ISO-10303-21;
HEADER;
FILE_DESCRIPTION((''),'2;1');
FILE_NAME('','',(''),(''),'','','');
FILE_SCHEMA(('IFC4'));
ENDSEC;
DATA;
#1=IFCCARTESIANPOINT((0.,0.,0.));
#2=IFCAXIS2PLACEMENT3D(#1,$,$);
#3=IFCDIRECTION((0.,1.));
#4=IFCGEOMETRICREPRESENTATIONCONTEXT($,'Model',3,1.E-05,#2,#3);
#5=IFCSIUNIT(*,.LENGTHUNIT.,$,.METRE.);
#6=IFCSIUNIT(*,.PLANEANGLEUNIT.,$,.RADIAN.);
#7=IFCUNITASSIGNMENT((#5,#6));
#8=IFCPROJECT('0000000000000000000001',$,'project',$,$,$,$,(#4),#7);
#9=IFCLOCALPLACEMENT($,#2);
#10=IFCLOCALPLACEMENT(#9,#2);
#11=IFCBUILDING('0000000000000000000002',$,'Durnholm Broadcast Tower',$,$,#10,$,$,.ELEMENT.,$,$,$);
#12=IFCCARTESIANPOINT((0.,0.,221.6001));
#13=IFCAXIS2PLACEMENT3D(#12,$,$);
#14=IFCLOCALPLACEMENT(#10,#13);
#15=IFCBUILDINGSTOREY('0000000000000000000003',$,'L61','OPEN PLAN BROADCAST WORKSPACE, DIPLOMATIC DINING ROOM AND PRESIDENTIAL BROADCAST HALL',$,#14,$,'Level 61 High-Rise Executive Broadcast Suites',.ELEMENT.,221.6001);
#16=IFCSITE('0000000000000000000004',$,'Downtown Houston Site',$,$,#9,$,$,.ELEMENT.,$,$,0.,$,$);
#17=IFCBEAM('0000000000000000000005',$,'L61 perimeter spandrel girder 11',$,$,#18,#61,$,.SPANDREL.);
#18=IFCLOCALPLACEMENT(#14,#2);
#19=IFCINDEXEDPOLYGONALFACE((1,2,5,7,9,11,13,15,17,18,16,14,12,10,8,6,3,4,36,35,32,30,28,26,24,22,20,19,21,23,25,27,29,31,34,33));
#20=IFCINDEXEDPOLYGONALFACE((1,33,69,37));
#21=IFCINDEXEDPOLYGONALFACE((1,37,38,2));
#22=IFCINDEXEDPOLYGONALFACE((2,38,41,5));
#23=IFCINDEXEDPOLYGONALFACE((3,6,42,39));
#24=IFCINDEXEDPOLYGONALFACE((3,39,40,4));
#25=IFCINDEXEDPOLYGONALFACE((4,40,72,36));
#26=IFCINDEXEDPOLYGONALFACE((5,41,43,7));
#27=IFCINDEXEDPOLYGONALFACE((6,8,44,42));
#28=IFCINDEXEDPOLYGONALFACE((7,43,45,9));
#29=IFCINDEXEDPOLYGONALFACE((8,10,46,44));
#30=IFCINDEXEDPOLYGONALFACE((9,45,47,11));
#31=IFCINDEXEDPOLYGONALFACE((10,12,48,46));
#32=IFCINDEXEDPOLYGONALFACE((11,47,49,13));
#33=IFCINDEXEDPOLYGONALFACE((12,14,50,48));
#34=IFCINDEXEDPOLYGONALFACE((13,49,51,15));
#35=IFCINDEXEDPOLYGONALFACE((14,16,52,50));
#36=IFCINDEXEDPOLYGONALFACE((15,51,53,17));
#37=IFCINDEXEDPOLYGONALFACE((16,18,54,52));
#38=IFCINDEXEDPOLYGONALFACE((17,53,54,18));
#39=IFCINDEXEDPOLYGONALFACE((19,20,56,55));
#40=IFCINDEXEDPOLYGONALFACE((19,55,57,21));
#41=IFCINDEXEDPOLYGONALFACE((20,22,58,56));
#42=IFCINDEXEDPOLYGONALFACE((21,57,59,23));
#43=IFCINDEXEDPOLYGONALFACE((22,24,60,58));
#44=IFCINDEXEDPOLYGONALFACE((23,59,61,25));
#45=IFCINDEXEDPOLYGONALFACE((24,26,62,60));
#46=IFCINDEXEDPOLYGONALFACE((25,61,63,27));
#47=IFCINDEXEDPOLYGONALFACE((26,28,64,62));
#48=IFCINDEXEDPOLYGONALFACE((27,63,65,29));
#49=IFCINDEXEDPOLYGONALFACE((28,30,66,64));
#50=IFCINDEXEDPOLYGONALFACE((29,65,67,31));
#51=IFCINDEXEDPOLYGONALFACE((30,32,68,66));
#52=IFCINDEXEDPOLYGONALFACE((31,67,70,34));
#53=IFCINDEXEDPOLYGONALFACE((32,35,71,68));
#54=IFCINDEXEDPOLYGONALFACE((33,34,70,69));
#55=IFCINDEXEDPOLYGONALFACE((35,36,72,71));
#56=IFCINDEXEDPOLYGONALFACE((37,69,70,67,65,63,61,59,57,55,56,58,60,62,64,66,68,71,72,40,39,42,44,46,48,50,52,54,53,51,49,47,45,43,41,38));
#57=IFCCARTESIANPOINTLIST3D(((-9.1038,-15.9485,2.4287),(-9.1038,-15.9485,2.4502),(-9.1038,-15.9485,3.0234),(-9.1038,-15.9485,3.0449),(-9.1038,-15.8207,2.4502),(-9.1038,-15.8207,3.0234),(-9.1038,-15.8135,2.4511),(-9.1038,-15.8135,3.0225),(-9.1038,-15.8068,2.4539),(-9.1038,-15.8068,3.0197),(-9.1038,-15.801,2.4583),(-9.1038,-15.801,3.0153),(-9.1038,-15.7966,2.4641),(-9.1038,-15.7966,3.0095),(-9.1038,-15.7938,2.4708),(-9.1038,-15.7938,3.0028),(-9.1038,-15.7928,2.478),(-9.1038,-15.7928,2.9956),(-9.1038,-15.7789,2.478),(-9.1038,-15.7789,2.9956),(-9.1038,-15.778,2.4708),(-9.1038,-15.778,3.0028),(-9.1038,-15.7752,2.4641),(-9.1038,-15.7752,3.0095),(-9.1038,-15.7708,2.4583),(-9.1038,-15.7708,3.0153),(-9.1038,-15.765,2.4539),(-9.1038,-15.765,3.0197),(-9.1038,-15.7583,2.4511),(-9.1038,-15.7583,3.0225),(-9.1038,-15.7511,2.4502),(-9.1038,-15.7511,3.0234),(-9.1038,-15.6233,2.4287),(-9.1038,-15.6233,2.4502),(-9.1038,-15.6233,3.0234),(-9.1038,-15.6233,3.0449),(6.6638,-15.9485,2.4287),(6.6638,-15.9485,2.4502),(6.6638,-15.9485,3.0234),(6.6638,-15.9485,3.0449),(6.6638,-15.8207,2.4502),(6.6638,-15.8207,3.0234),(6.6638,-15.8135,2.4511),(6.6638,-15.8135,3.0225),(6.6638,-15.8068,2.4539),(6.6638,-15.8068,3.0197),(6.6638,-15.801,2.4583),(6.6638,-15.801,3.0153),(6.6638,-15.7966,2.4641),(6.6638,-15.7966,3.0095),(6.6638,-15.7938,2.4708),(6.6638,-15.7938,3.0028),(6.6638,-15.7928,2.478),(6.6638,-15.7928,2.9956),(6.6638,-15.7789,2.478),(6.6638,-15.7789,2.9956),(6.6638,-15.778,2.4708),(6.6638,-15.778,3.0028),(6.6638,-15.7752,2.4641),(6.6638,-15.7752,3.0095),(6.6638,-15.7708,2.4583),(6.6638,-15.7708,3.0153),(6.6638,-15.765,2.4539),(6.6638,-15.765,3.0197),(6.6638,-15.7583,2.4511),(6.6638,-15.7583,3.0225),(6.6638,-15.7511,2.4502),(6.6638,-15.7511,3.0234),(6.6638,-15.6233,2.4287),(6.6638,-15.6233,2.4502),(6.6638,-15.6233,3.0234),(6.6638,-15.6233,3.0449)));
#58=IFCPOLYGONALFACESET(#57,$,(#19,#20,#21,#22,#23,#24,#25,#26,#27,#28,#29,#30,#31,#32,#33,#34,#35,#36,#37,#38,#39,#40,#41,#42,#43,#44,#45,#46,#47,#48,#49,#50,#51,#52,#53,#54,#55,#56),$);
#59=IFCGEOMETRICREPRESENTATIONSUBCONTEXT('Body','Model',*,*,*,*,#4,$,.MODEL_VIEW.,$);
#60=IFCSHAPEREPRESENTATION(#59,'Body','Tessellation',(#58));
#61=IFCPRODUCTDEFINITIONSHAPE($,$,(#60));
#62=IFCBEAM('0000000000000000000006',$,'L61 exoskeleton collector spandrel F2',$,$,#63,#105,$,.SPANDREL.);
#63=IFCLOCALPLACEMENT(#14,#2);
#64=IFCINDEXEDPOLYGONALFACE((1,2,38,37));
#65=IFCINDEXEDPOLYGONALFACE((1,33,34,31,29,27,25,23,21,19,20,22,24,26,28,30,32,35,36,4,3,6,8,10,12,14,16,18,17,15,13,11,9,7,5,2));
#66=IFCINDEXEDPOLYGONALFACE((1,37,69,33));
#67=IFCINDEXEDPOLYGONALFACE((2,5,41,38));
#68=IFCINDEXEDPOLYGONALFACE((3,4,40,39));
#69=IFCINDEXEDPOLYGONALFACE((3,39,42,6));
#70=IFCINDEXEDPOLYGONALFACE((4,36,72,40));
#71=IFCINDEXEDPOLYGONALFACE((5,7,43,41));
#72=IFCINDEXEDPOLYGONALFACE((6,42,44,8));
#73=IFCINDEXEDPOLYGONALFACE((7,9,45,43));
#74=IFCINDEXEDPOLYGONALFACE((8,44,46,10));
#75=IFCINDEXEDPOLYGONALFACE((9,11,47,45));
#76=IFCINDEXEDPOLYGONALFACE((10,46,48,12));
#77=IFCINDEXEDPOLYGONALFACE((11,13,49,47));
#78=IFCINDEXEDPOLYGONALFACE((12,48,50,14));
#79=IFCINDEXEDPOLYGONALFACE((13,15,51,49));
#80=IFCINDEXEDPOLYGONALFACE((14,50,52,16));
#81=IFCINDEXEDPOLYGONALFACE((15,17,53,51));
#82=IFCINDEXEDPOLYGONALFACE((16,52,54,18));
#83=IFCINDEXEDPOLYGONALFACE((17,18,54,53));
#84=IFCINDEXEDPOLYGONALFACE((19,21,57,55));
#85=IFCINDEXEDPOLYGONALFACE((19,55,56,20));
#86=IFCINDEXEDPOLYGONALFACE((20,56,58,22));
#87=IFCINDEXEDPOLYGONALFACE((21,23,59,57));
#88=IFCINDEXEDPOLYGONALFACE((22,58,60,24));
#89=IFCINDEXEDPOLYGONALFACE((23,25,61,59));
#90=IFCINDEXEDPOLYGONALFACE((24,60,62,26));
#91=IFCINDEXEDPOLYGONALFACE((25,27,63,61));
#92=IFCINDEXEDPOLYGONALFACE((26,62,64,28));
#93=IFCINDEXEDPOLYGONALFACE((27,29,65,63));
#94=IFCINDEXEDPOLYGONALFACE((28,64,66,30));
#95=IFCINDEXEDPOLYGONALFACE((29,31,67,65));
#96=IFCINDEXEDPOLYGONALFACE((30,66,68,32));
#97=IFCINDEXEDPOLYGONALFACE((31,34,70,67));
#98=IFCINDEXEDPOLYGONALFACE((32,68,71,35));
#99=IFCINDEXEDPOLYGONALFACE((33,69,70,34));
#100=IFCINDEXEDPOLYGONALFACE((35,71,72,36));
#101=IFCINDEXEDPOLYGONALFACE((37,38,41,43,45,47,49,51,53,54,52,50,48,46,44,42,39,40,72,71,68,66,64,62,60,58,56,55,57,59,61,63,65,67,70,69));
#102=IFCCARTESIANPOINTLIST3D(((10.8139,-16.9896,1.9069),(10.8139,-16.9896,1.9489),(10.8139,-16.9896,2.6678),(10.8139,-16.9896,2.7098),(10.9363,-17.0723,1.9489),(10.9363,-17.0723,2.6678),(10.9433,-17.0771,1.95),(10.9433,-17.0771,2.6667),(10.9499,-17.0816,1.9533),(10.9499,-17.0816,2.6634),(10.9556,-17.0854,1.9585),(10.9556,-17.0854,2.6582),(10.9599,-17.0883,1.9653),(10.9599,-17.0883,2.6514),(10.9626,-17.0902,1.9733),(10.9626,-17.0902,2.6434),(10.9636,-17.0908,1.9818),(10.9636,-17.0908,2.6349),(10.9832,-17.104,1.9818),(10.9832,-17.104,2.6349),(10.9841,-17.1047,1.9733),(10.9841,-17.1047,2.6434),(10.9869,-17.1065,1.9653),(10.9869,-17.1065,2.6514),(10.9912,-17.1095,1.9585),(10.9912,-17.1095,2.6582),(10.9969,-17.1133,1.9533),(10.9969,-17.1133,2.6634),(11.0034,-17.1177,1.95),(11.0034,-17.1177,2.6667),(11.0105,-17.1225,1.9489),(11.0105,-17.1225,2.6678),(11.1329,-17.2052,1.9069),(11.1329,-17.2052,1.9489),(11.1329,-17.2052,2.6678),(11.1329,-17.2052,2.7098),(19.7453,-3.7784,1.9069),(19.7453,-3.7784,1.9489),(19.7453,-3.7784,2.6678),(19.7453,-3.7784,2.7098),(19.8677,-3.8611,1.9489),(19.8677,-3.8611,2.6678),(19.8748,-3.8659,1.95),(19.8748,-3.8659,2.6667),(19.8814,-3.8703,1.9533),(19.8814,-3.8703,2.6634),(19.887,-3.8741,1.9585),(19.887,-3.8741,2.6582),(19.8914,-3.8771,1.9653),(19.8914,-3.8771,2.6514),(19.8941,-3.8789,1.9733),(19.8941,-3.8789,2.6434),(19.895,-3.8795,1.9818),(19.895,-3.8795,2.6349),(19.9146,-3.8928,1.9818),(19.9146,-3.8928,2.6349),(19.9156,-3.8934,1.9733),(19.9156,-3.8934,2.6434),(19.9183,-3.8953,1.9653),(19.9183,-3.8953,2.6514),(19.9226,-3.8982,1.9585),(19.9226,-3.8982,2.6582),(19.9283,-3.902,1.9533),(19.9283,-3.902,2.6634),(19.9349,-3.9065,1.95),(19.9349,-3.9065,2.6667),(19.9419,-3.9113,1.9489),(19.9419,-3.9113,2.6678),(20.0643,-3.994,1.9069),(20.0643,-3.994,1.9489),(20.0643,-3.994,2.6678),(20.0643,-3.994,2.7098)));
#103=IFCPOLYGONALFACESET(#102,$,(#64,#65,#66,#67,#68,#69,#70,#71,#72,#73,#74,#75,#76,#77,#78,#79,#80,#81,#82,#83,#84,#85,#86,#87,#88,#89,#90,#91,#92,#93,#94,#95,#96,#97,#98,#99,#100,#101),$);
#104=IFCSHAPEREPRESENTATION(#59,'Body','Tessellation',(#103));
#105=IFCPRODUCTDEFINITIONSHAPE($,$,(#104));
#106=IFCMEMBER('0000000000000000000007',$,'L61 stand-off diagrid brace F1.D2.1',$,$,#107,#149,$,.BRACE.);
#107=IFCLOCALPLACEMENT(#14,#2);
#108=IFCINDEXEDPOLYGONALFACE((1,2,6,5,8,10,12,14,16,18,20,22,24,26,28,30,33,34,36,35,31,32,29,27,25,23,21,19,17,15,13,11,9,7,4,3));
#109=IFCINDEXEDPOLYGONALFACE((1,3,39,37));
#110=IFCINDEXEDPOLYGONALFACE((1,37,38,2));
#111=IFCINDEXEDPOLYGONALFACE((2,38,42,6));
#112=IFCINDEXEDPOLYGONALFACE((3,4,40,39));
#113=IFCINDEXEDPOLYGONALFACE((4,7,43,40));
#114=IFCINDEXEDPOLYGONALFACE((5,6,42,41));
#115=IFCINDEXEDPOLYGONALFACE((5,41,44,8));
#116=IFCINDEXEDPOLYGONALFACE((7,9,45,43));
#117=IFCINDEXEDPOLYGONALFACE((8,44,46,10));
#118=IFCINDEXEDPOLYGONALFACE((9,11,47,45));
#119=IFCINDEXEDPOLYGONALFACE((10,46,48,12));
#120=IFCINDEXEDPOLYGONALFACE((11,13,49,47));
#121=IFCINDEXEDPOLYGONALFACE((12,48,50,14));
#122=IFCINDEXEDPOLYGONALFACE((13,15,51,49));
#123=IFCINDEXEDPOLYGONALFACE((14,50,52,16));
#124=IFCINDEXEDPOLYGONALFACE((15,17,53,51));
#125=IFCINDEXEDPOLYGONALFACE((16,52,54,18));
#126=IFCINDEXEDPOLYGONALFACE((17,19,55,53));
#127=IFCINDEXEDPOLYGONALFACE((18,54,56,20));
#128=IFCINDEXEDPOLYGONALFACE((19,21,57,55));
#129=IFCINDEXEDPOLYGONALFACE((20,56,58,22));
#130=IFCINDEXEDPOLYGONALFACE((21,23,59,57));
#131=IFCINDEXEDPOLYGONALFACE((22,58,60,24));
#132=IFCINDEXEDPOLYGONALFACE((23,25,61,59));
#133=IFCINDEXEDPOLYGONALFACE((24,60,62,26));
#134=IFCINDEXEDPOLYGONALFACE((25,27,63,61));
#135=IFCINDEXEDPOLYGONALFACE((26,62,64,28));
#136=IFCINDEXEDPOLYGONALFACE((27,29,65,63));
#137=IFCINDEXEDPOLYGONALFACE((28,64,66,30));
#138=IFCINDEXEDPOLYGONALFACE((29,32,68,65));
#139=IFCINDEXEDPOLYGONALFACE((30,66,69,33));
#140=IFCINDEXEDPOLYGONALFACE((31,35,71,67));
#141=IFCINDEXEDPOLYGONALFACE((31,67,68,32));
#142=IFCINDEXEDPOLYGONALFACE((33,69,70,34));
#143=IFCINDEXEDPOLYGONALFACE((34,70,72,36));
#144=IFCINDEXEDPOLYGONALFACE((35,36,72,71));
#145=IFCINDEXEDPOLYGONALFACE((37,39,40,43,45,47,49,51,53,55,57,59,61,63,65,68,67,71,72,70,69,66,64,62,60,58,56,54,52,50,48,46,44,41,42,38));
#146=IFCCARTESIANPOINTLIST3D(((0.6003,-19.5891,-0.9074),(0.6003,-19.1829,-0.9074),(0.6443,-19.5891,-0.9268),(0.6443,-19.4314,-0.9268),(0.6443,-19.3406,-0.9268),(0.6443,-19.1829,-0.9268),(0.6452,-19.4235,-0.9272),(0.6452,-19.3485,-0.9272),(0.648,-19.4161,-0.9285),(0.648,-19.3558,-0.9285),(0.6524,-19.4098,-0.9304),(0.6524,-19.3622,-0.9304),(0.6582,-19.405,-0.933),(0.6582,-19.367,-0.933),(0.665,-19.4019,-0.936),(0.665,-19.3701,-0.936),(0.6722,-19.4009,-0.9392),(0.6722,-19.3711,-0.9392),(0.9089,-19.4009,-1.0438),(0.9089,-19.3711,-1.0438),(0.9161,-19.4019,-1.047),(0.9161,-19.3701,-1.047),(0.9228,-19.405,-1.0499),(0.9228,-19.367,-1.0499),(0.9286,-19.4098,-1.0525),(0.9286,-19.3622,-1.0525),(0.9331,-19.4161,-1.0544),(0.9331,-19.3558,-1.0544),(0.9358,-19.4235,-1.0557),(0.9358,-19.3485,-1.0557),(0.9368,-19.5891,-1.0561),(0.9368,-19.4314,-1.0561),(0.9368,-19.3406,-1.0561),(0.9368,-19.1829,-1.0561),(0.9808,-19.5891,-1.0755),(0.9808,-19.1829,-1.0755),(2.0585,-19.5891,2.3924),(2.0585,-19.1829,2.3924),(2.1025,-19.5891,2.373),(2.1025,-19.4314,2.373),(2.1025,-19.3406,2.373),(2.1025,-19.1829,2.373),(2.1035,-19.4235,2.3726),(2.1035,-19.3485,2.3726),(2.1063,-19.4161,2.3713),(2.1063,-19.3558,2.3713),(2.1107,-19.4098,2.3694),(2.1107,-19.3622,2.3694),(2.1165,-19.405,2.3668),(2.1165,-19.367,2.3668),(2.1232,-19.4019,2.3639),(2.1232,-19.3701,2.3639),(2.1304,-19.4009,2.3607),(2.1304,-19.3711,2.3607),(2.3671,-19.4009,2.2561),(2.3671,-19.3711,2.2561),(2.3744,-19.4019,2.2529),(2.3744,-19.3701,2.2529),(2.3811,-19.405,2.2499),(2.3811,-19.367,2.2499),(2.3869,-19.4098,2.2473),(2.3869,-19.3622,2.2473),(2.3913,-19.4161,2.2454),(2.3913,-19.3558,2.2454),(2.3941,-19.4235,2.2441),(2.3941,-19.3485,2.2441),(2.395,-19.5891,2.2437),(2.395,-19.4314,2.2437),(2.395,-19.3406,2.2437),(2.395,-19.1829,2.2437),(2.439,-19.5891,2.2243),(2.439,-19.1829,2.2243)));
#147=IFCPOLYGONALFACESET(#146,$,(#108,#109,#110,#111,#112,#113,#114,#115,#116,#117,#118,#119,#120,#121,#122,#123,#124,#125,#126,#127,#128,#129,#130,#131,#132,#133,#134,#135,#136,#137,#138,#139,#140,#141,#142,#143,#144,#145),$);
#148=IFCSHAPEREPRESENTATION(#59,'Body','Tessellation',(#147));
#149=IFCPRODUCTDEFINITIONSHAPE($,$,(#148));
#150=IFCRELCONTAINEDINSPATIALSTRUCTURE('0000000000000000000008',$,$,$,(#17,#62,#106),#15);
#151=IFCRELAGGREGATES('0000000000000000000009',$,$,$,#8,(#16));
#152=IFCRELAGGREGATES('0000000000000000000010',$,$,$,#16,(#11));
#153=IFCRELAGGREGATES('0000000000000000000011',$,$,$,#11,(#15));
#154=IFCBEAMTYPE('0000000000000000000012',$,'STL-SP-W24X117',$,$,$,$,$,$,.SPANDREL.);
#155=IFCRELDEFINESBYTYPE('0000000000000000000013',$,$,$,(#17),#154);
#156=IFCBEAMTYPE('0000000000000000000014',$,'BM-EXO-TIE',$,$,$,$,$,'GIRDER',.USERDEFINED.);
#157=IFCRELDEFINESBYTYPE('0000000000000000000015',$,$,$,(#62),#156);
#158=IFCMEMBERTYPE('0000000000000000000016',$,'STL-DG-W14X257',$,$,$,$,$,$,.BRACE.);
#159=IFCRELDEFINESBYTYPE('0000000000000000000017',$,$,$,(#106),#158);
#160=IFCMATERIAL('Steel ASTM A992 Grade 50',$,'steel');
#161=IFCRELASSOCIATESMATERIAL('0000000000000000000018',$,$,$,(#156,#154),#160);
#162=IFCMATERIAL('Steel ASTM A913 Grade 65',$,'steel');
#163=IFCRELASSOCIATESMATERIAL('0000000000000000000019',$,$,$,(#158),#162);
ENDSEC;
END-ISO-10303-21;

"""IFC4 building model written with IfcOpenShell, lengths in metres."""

from ifc_helpers import new_model, si_unit, direction, frame, origin, origin_2d, place, context, subcontext, project, spatial, i_section, extrude, source, transform, mapped, material, material_profile, profile_set, type_object, type_shapes, element, save


model = new_model("IFC4")

# Units and contexts
model_context = context("Model", 3, precision=1e-05, world=origin(), true_north=direction((0.0, 1.0)))
body_context = subcontext(model_context, "Body", "Model", "MODEL_VIEW")
ifc_project = project(units=[si_unit("LENGTHUNIT", "METRE"), si_unit("PLANEANGLEUNIT", "RADIAN")], contexts=[model_context])

# Site, building, storey
site_placement = place(None, origin())
site = spatial("IfcSite", under=ifc_project, at=site_placement, Name="Downtown Houston Site", CompositionType="ELEMENT", RefElevation=0.0)
building_placement = place(site_placement, origin())
building = spatial("IfcBuilding", under=site, at=building_placement, Name="Durnholm Broadcast Tower", CompositionType="ELEMENT")
storey_placement = place(building_placement, frame((0.0, 0.0, 221.6001)))
storey = spatial("IfcBuildingStorey", under=building, at=storey_placement, Name="L61", Description="OPEN PLAN BROADCAST WORKSPACE, DIPLOMATIC DINING ROOM AND PRESIDENTIAL BROADCAST HALL", LongName="Level 61 High-Rise Executive Broadcast Suites", CompositionType="ELEMENT", Elevation=221.6001)

# Beams
ifc_material_1 = material(Name="Steel ASTM A992 Grade 50", Category="steel")
ifc_material_profile_1 = material_profile(ifc_material_1, i_section(OverallWidth=0.385, OverallDepth=0.803, WebThickness=0.0237, FlangeThickness=0.042, FilletRadius=0.033, at=origin_2d()), Name="W30X261")
ifc_profile_set_1 = profile_set([ifc_material_profile_1], Name="Steel ASTM A992 Grade 50")
beam_type_1 = type_object("IfcBeamType", Name="BM-EXO-TIE", ElementType="GIRDER", PredefinedType="USERDEFINED", material=ifc_profile_set_1)
ifc_material_profile_2 = material_profile(ifc_material_1, i_section(OverallWidth=0.3252, OverallDepth=0.6162, WebThickness=0.0139, FlangeThickness=0.0215, FilletRadius=0.0278, at=origin_2d()), Name="W24X117")
ifc_profile_set_2 = profile_set([ifc_material_profile_2], Name="Steel ASTM A992 Grade 50")
beam_type_2 = type_object("IfcBeamType", Name="STL-SP-W24X117", PredefinedType="SPANDREL", material=ifc_profile_set_2)
shared_shape_1 = source(origin(), body_context, "Body", "SweptSolid", [
    extrude(i_section(OverallWidth=0.3252, OverallDepth=0.6162, WebThickness=0.0139, FlangeThickness=0.0215, FilletRadius=0.0278, at=origin_2d()), origin(), (0.0, 0.0, 1.0), 15.7676),
])
beam_1_placement = place(storey_placement, frame((6.6638, -15.7859, 2.7368), z_axis=(-1.0, 0.0, 0.0), x_axis=(0.0, -1.0, 0.0)))
element("IfcBeam", 1, at=beam_1_placement, inside=storey, type_object=beam_type_2, Name="L61 perimeter spandrel girder 11", PredefinedType="SPANDREL", context=body_context, shape_type="MappedRepresentation", body=[
    mapped(shared_shape_1, transform((0.0, 0.0, 0.0), x_axis=(1.0, 0.0, 0.0), y_axis=(0.0, 1.0, 0.0), z_axis=(0.0, 0.0, 1.0), scale=1.0)),
])
shared_shape_2 = source(origin(), body_context, "Body", "SweptSolid", [
    extrude(i_section(OverallWidth=0.385, OverallDepth=0.803, WebThickness=0.0237, FlangeThickness=0.042, FilletRadius=0.033, at=origin_2d()), origin(), (0.0, 0.0, 1.0), 15.947),
])
beam_2_placement = place(storey_placement, frame((10.9734, -17.0974, 2.3083), z_axis=(0.560069, 0.828446, 0.0), x_axis=(-0.828446, 0.560069, 0.0)))
element("IfcBeam", 2, at=beam_2_placement, inside=storey, type_object=beam_type_1, Name="L61 exoskeleton collector spandrel F2", PredefinedType="SPANDREL", context=body_context, shape_type="MappedRepresentation", body=[
    mapped(shared_shape_2, transform((0.0, 0.0, 0.0), x_axis=(1.0, 0.0, 0.0), y_axis=(0.0, 1.0, 0.0), z_axis=(0.0, 0.0, 1.0), scale=1.0)),
])

# Member
ifc_material_2 = material(Name="Steel ASTM A913 Grade 65", Category="steel")
ifc_material_profile_3 = material_profile(ifc_material_2, i_section(OverallWidth=0.4062, OverallDepth=0.416, WebThickness=0.0298, FlangeThickness=0.0481, FilletRadius=0.0305, at=origin_2d()), Name="W14X257")
ifc_profile_set_3 = profile_set([ifc_material_profile_3], Name="Steel ASTM A913 Grade 65")
member_type_1 = type_object("IfcMemberType", Name="STL-DG-W14X257", PredefinedType="BRACE", material=ifc_profile_set_3)
shared_shape_3 = source(origin(), body_context, "Body", "SweptSolid", [
    extrude(i_section(OverallWidth=0.4062, OverallDepth=0.416, WebThickness=0.0298, FlangeThickness=0.0481, FilletRadius=0.0305, at=origin_2d()), origin(), (0.0, 0.0, 1.0), 3.6077),
])
type_shapes(member_type_1, [shared_shape_3])
for number, where, z_axis, x_axis, name in (
    (3, (0.7905, -19.386, -0.9915), (0.40421, 0.0, 0.914666), (0.0, 1.0, 0.0), "L61 stand-off diagrid brace F1.D2.1"),
):
    element("IfcMember", number, at=place(storey_placement, frame(where, z_axis=z_axis, x_axis=x_axis)), inside=storey, type_object=member_type_1, Name=name, PredefinedType="BRACE", context=body_context, shape_type="MappedRepresentation", body=[
        mapped(shared_shape_3, transform((0.0, 0.0, 0.0), x_axis=(1.0, 0.0, 0.0), y_axis=(0.0, 1.0, 0.0), z_axis=(0.0, 0.0, 1.0), scale=1.0)),
    ])

save(model, "model.ifc")
